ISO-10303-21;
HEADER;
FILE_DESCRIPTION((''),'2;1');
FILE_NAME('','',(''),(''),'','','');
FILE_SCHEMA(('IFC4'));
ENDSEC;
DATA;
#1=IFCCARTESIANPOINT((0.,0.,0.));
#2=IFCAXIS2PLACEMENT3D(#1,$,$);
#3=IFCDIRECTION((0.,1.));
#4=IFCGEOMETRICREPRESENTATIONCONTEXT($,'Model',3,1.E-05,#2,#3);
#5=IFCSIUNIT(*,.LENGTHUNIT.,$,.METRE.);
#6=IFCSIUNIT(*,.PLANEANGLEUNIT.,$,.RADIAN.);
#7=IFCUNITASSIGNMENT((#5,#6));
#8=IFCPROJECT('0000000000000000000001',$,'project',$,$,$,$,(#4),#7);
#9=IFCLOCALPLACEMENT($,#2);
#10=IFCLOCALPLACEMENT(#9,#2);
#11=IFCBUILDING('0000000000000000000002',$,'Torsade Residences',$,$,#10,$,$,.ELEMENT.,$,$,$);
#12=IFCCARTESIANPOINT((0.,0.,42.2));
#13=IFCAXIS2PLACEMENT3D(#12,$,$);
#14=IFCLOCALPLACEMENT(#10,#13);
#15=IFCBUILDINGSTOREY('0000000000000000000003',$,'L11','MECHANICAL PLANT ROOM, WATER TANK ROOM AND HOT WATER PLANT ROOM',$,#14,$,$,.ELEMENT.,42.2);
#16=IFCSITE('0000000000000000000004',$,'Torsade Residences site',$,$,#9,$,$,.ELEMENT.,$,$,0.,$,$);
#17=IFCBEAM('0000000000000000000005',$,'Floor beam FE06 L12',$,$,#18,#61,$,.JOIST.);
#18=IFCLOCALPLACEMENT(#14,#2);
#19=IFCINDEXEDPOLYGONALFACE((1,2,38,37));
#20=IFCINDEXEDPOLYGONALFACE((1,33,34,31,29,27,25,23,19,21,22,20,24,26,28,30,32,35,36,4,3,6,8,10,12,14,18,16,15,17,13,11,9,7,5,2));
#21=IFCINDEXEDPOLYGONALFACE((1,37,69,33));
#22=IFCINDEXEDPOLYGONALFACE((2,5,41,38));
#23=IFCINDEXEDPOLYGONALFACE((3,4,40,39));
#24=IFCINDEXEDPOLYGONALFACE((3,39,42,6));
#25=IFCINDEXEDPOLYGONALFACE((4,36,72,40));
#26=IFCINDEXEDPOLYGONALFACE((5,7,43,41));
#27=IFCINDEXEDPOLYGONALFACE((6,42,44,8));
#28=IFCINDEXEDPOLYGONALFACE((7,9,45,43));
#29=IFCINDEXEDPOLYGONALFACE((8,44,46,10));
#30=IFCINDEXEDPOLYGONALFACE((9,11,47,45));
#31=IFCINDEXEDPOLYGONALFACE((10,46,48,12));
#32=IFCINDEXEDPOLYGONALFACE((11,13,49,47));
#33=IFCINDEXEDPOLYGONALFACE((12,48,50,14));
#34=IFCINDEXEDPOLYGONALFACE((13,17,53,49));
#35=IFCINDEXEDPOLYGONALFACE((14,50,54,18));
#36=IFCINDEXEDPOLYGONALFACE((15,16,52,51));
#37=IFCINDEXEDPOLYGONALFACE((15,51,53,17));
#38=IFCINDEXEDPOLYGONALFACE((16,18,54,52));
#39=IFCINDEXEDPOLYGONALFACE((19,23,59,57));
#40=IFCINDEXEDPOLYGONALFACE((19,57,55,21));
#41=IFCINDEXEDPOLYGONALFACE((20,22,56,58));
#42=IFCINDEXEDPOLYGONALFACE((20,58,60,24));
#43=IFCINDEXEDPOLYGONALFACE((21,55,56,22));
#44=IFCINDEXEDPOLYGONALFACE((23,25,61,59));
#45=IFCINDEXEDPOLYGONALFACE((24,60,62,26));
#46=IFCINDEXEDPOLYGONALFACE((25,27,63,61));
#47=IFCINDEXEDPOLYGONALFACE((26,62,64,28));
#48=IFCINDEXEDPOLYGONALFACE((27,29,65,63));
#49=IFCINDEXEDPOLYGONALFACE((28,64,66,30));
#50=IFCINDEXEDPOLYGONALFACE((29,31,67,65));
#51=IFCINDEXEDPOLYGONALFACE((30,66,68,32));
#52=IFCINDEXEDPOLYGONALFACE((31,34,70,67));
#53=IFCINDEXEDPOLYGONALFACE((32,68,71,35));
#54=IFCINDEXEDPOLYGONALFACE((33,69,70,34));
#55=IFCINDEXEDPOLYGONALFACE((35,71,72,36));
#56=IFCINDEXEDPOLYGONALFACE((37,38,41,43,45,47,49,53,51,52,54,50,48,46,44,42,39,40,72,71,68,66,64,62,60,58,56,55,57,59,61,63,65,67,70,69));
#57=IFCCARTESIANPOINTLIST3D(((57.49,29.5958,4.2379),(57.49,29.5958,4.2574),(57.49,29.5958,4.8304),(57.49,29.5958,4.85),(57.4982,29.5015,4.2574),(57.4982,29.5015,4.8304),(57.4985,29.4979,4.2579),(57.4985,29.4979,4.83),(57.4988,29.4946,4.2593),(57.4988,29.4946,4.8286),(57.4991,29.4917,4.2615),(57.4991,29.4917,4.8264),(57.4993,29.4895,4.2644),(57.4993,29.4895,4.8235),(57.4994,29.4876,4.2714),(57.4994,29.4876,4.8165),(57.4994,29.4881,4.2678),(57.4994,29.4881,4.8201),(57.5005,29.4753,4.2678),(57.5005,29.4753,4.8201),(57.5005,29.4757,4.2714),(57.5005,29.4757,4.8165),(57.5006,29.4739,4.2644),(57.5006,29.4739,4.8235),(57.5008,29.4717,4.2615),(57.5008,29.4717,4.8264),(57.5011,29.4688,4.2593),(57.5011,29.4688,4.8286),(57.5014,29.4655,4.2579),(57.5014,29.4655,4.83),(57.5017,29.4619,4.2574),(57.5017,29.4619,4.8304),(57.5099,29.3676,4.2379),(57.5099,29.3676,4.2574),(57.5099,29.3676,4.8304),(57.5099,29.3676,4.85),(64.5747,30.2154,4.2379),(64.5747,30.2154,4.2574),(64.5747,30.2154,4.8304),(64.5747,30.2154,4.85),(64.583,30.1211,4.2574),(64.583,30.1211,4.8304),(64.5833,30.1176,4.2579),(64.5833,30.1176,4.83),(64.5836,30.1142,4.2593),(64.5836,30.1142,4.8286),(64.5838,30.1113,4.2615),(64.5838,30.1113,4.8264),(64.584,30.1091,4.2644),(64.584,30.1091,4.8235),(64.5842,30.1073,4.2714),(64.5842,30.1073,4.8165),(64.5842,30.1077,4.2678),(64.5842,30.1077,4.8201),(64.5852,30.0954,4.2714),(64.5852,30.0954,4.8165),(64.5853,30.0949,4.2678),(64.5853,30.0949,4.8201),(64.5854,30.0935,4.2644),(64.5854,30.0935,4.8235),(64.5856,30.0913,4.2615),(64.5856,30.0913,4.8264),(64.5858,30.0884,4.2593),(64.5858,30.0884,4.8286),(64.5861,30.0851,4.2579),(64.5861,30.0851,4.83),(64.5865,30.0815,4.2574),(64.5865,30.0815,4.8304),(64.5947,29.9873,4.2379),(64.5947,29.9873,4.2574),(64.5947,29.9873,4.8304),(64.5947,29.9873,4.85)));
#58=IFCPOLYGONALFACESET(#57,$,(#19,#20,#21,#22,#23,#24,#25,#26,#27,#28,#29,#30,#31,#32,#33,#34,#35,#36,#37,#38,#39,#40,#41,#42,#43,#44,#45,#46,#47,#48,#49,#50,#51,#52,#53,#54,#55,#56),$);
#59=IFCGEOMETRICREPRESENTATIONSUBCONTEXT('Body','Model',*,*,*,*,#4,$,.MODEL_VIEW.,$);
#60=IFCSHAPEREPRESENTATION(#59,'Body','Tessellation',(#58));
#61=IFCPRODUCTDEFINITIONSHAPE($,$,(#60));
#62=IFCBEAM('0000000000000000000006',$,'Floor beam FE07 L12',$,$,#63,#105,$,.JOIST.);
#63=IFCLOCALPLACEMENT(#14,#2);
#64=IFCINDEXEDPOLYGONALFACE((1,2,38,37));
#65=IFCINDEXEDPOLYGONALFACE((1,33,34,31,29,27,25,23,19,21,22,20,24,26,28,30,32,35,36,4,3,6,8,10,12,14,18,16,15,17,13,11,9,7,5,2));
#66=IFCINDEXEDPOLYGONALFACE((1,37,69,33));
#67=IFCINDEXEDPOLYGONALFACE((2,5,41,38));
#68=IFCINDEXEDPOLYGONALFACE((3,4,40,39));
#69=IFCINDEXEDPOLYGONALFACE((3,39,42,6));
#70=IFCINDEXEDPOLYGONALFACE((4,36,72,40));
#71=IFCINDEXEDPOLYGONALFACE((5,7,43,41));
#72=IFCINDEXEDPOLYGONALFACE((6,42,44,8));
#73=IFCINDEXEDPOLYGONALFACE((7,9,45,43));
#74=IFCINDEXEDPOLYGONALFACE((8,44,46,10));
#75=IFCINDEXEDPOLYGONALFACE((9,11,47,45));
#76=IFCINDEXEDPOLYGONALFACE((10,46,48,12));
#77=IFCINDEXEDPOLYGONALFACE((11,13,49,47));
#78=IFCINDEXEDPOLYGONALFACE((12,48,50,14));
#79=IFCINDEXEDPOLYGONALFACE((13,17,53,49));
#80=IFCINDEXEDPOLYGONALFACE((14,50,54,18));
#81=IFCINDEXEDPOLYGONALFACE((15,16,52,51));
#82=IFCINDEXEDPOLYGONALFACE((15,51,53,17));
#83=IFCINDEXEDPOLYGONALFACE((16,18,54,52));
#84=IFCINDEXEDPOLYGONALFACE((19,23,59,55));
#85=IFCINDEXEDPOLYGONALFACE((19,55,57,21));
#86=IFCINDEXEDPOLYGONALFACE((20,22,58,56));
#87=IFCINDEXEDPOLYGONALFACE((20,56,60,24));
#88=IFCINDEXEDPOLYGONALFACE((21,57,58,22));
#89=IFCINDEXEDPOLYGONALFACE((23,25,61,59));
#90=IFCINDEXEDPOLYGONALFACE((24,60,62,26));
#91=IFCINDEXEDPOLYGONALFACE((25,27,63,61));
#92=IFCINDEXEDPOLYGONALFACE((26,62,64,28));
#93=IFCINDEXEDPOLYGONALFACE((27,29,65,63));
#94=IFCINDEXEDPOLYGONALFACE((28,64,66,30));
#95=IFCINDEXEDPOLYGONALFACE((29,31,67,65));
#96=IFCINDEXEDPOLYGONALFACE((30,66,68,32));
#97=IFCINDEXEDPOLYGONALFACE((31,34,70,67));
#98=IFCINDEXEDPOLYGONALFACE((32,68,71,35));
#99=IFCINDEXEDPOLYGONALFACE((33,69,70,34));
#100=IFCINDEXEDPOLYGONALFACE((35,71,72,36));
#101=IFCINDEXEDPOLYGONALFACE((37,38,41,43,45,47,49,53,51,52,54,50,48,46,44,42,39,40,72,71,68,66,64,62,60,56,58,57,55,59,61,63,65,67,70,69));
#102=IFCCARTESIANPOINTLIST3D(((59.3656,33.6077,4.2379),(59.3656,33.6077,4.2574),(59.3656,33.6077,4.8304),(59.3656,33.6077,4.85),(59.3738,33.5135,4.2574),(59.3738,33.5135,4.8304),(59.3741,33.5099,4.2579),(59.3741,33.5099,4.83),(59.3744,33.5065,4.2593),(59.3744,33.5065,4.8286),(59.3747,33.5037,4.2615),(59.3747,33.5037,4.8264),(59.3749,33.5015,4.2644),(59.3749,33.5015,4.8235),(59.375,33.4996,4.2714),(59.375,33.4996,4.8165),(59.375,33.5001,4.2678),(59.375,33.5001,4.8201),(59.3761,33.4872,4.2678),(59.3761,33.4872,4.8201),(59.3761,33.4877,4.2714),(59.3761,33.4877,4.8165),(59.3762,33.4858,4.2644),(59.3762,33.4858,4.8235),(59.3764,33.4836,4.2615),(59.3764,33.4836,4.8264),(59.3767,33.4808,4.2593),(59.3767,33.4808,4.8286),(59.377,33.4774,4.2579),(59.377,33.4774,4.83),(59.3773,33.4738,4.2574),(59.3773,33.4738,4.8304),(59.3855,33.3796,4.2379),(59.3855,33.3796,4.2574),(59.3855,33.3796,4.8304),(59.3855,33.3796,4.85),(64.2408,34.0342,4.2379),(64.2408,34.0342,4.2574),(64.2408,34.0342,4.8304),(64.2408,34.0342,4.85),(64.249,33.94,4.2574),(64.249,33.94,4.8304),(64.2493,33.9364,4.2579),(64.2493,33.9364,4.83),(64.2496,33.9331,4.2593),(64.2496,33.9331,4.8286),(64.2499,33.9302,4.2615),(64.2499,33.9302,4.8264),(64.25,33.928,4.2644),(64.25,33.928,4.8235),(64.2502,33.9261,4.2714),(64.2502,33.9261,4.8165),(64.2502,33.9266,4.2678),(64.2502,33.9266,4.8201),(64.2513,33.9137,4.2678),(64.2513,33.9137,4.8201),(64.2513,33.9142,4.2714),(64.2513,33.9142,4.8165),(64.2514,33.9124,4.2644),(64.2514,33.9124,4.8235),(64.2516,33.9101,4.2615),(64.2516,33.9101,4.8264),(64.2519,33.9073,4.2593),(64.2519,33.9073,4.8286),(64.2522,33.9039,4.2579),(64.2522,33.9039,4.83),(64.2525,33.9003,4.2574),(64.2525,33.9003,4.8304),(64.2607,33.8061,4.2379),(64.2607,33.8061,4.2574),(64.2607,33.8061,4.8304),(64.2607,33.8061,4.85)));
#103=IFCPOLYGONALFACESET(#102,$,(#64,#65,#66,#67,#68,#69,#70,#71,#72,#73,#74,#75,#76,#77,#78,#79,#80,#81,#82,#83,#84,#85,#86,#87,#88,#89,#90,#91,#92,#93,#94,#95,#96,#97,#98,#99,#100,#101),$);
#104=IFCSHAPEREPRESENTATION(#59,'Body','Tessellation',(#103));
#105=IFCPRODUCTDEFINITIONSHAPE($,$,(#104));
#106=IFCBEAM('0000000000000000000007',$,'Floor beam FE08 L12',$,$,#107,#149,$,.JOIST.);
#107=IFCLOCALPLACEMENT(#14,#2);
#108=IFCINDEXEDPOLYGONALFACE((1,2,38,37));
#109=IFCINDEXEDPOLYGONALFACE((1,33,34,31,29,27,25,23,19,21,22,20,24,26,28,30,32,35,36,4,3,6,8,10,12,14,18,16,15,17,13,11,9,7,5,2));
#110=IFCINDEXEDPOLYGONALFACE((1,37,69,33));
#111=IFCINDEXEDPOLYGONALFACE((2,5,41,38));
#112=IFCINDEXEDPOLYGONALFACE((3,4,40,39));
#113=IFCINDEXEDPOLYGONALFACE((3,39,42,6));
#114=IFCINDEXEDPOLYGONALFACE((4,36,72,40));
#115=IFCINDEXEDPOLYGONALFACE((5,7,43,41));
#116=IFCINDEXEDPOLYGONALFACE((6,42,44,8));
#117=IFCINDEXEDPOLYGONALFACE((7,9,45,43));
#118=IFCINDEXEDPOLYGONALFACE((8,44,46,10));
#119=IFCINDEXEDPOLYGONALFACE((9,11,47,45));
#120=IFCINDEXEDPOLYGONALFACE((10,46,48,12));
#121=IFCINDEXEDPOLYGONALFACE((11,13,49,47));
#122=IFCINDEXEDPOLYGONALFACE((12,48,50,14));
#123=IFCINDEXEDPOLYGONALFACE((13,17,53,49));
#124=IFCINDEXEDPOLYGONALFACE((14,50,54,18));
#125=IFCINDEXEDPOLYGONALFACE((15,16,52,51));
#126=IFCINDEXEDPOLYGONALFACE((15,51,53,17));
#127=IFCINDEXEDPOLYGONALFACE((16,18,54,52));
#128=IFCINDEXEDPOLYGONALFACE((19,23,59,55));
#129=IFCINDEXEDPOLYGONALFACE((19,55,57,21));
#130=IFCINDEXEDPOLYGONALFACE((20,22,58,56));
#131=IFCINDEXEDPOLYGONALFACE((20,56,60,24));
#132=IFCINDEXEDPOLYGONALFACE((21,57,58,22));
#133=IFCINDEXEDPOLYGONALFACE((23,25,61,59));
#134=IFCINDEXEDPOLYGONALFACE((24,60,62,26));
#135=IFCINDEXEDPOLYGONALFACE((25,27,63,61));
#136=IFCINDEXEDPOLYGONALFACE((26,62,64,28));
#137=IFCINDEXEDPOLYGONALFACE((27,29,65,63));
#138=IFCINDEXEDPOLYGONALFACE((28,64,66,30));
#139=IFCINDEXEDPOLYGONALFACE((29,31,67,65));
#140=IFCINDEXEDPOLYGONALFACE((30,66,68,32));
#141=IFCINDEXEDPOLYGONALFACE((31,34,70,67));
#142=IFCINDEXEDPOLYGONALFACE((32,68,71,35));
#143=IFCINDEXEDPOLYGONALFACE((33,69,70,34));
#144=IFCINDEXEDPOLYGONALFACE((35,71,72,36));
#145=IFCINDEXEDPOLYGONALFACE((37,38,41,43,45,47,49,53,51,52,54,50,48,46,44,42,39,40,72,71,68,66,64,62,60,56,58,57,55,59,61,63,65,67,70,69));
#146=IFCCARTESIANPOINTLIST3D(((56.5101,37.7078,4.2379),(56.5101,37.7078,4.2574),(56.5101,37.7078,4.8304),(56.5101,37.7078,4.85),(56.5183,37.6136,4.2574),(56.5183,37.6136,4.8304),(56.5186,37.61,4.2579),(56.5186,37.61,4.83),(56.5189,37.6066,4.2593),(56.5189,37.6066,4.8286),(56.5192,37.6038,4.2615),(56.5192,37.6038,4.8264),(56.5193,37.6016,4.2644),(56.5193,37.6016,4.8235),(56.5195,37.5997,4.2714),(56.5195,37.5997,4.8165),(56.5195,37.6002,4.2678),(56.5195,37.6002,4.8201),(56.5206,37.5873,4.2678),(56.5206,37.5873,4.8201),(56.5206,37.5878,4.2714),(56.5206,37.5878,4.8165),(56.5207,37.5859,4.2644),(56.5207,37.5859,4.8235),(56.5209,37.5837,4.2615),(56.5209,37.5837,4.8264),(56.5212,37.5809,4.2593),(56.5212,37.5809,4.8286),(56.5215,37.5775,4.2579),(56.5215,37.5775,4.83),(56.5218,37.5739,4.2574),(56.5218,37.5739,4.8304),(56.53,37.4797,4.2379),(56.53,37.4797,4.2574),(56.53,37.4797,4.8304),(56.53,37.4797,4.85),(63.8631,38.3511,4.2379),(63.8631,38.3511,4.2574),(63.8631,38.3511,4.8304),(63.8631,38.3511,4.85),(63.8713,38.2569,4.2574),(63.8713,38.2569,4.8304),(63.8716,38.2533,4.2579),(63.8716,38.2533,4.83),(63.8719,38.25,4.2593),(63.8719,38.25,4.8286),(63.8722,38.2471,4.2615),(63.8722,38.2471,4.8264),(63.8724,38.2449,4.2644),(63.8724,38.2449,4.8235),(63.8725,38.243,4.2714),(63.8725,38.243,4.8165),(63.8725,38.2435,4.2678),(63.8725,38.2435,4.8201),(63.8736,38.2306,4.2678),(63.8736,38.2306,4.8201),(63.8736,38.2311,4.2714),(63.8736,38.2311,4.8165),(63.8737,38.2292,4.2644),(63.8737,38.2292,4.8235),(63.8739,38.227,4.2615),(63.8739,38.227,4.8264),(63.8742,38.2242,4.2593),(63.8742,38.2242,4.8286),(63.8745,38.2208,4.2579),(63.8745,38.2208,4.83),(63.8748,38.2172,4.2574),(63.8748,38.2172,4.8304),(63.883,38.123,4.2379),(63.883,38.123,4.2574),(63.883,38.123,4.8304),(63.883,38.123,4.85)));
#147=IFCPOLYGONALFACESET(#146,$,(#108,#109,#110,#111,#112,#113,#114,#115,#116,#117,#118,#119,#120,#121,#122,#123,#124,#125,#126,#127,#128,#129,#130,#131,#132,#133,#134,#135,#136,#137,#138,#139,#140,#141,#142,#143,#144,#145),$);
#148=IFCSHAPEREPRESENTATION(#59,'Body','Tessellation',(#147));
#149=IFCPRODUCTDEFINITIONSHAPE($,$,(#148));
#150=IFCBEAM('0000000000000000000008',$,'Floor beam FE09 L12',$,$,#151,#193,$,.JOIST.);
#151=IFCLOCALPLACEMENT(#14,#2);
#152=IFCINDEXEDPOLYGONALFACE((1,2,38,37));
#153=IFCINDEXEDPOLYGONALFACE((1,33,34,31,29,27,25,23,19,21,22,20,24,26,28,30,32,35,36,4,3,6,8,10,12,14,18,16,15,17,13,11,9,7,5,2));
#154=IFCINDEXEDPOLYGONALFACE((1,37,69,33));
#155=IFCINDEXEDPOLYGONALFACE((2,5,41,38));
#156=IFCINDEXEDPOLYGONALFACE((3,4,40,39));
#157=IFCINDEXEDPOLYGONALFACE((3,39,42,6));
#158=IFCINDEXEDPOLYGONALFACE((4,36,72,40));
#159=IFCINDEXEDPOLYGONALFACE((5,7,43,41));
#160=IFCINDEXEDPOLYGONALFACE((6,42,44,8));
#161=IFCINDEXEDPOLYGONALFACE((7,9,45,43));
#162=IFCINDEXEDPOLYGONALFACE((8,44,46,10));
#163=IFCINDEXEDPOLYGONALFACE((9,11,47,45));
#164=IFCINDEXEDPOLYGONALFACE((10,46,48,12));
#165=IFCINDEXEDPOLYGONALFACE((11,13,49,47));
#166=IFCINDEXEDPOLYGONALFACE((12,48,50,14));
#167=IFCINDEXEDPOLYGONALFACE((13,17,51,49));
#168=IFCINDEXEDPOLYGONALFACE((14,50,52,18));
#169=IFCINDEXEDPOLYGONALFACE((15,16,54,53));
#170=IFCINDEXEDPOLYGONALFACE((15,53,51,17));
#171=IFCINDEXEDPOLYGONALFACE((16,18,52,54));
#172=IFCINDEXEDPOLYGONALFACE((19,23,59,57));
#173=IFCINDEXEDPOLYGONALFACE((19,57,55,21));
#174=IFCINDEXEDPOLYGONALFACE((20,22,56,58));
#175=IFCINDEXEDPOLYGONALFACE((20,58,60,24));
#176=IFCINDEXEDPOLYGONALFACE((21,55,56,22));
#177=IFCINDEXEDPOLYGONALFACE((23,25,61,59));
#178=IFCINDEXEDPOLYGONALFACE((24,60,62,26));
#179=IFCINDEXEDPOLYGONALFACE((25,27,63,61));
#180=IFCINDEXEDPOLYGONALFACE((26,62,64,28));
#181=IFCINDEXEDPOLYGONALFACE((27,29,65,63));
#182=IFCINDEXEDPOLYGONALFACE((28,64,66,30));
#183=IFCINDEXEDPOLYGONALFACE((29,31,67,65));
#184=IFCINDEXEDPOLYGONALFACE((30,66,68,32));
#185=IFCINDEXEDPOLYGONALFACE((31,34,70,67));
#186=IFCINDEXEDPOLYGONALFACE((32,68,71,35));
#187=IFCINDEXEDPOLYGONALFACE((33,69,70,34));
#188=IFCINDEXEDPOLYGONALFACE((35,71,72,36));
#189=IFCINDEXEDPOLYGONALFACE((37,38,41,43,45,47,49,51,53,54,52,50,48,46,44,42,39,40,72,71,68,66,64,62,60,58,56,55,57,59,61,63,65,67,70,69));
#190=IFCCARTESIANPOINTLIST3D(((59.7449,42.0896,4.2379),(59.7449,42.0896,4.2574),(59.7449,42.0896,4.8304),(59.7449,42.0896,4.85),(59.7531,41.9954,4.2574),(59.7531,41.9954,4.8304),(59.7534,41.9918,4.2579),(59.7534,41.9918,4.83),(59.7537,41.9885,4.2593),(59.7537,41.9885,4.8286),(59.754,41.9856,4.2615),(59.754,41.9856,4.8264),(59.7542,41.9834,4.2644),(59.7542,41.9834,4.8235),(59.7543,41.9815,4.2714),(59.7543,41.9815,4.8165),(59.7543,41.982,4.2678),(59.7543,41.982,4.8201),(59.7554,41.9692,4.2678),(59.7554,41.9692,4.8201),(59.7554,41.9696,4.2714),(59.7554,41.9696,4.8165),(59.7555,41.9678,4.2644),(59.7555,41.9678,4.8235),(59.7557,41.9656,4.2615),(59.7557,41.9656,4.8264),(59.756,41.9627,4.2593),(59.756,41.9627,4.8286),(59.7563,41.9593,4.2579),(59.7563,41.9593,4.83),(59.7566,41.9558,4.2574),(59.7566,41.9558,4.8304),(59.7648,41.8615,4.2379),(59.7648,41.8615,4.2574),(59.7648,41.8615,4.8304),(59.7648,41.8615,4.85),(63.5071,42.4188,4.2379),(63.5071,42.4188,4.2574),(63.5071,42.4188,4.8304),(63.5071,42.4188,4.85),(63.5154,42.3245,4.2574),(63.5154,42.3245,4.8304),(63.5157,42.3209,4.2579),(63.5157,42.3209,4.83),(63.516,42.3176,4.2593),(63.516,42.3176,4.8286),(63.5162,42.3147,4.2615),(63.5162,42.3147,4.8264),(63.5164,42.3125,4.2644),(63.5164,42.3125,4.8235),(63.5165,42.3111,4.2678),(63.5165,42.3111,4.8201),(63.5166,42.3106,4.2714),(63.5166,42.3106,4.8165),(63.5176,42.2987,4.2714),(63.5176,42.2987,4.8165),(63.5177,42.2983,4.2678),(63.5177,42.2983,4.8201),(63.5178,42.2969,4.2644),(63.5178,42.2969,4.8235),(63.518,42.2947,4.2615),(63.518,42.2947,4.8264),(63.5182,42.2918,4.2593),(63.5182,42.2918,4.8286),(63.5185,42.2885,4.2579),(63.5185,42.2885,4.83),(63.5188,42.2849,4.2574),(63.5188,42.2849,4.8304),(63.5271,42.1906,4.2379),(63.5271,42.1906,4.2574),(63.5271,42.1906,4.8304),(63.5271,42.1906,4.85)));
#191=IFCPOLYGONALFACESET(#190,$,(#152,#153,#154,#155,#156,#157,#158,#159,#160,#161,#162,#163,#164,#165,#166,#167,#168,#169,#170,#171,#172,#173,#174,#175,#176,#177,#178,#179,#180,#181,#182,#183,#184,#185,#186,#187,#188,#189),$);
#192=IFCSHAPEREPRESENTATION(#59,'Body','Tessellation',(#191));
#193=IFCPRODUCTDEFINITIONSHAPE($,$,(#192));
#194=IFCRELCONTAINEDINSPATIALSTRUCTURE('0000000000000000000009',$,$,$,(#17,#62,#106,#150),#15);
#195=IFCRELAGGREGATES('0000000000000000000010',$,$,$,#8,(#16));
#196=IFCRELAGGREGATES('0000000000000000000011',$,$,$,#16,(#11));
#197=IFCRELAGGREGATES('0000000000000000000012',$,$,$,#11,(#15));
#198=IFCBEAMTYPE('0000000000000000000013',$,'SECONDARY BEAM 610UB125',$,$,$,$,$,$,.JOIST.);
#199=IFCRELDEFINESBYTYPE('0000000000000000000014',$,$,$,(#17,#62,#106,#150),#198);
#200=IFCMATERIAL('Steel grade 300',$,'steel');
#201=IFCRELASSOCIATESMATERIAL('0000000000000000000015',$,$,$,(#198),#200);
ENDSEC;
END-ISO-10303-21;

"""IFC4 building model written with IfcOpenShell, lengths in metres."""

from ifc_helpers import new_model, si_unit, direction, frame, origin, origin_2d, place, context, subcontext, project, spatial, i_section, extrude, material, material_profile, profile_set, type_object, element, save


model = new_model("IFC4")

# Units and contexts
model_context = context("Model", 3, precision=1e-05, world=origin(), true_north=direction((0.0, 1.0)))
body_context = subcontext(model_context, "Body", "Model", "MODEL_VIEW")
ifc_project = project(units=[si_unit("LENGTHUNIT", "METRE"), si_unit("PLANEANGLEUNIT", "RADIAN")], contexts=[model_context])

# Site, building, storey
site_placement = place(None, origin())
site = spatial("IfcSite", under=ifc_project, at=site_placement, Name="Torsade Residences site", CompositionType="ELEMENT", RefElevation=0.0)
building_placement = place(site_placement, origin())
building = spatial("IfcBuilding", under=site, at=building_placement, Name="Torsade Residences", CompositionType="ELEMENT")
storey_placement = place(building_placement, frame((0.0, 0.0, 42.2)))
storey = spatial("IfcBuildingStorey", under=building, at=storey_placement, Name="L11", Description="MECHANICAL PLANT ROOM, WATER TANK ROOM AND HOT WATER PLANT ROOM", CompositionType="ELEMENT", Elevation=42.2)

# Beams
ifc_material_1 = material(Name="Steel grade 300", Category="steel")
ifc_material_profile_1 = material_profile(ifc_material_1, i_section(OverallWidth=0.229, OverallDepth=0.6121, WebThickness=0.012, FlangeThickness=0.0195, FilletRadius=0.0139, at=origin_2d()), Name="610UB125")
ifc_profile_set_1 = profile_set([ifc_material_profile_1], Name="Steel grade 300")
beam_type_1 = type_object("IfcBeamType", Name="SECONDARY BEAM 610UB125", PredefinedType="JOIST", material=ifc_profile_set_1)
beam_1_placement = place(storey_placement, frame((64.5847, 30.1013, 4.5439), z_axis=(-0.996197, -0.087127, 0.0), x_axis=(0.087127, -0.996197, 0.0)))
element("IfcBeam", 1, at=beam_1_placement, inside=storey, type_object=beam_type_1, Name="Floor beam FE06 L12", PredefinedType="JOIST", context=body_context, shape_type="SweptSolid", body=[
    extrude(i_section(OverallWidth=0.229, OverallDepth=0.6121, WebThickness=0.012, FlangeThickness=0.0195, FilletRadius=0.0139, at=origin_2d()), origin(), (0.0, 0.0, 1.0), 7.1118),
])
beam_2_placement = place(storey_placement, frame((64.2507, 33.9202, 4.5439), z_axis=(-0.996195, -0.087153, 0.0), x_axis=(0.087153, -0.996195, 0.0)))
element("IfcBeam", 2, at=beam_2_placement, inside=storey, type_object=beam_type_1, Name="Floor beam FE07 L12", PredefinedType="JOIST", context=body_context, shape_type="SweptSolid", body=[
    extrude(i_section(OverallWidth=0.229, OverallDepth=0.6121, WebThickness=0.012, FlangeThickness=0.0195, FilletRadius=0.0139, at=origin_2d()), origin(), (0.0, 0.0, 1.0), 4.8938),
])
beam_3_placement = place(storey_placement, frame((63.873, 38.2371, 4.5439), z_axis=(-0.996195, -0.087156, 0.0), x_axis=(0.087156, -0.996195, 0.0)))
element("IfcBeam", 3, at=beam_3_placement, inside=storey, type_object=beam_type_1, Name="Floor beam FE08 L12", PredefinedType="JOIST", context=body_context, shape_type="SweptSolid", body=[
    extrude(i_section(OverallWidth=0.229, OverallDepth=0.6121, WebThickness=0.012, FlangeThickness=0.0195, FilletRadius=0.0139, at=origin_2d()), origin(), (0.0, 0.0, 1.0), 7.3811),
])
beam_4_placement = place(storey_placement, frame((63.5171, 42.3047, 4.5439), z_axis=(-0.996196, -0.087143, 0.0), x_axis=(0.087143, -0.996196, 0.0)))
element("IfcBeam", 4, at=beam_4_placement, inside=storey, type_object=beam_type_1, Name="Floor beam FE09 L12", PredefinedType="JOIST", context=body_context, shape_type="SweptSolid", body=[
    extrude(i_section(OverallWidth=0.229, OverallDepth=0.6121, WebThickness=0.012, FlangeThickness=0.0195, FilletRadius=0.0139, at=origin_2d()), origin(), (0.0, 0.0, 1.0), 3.7766),
])

save(model, "model.ifc")
